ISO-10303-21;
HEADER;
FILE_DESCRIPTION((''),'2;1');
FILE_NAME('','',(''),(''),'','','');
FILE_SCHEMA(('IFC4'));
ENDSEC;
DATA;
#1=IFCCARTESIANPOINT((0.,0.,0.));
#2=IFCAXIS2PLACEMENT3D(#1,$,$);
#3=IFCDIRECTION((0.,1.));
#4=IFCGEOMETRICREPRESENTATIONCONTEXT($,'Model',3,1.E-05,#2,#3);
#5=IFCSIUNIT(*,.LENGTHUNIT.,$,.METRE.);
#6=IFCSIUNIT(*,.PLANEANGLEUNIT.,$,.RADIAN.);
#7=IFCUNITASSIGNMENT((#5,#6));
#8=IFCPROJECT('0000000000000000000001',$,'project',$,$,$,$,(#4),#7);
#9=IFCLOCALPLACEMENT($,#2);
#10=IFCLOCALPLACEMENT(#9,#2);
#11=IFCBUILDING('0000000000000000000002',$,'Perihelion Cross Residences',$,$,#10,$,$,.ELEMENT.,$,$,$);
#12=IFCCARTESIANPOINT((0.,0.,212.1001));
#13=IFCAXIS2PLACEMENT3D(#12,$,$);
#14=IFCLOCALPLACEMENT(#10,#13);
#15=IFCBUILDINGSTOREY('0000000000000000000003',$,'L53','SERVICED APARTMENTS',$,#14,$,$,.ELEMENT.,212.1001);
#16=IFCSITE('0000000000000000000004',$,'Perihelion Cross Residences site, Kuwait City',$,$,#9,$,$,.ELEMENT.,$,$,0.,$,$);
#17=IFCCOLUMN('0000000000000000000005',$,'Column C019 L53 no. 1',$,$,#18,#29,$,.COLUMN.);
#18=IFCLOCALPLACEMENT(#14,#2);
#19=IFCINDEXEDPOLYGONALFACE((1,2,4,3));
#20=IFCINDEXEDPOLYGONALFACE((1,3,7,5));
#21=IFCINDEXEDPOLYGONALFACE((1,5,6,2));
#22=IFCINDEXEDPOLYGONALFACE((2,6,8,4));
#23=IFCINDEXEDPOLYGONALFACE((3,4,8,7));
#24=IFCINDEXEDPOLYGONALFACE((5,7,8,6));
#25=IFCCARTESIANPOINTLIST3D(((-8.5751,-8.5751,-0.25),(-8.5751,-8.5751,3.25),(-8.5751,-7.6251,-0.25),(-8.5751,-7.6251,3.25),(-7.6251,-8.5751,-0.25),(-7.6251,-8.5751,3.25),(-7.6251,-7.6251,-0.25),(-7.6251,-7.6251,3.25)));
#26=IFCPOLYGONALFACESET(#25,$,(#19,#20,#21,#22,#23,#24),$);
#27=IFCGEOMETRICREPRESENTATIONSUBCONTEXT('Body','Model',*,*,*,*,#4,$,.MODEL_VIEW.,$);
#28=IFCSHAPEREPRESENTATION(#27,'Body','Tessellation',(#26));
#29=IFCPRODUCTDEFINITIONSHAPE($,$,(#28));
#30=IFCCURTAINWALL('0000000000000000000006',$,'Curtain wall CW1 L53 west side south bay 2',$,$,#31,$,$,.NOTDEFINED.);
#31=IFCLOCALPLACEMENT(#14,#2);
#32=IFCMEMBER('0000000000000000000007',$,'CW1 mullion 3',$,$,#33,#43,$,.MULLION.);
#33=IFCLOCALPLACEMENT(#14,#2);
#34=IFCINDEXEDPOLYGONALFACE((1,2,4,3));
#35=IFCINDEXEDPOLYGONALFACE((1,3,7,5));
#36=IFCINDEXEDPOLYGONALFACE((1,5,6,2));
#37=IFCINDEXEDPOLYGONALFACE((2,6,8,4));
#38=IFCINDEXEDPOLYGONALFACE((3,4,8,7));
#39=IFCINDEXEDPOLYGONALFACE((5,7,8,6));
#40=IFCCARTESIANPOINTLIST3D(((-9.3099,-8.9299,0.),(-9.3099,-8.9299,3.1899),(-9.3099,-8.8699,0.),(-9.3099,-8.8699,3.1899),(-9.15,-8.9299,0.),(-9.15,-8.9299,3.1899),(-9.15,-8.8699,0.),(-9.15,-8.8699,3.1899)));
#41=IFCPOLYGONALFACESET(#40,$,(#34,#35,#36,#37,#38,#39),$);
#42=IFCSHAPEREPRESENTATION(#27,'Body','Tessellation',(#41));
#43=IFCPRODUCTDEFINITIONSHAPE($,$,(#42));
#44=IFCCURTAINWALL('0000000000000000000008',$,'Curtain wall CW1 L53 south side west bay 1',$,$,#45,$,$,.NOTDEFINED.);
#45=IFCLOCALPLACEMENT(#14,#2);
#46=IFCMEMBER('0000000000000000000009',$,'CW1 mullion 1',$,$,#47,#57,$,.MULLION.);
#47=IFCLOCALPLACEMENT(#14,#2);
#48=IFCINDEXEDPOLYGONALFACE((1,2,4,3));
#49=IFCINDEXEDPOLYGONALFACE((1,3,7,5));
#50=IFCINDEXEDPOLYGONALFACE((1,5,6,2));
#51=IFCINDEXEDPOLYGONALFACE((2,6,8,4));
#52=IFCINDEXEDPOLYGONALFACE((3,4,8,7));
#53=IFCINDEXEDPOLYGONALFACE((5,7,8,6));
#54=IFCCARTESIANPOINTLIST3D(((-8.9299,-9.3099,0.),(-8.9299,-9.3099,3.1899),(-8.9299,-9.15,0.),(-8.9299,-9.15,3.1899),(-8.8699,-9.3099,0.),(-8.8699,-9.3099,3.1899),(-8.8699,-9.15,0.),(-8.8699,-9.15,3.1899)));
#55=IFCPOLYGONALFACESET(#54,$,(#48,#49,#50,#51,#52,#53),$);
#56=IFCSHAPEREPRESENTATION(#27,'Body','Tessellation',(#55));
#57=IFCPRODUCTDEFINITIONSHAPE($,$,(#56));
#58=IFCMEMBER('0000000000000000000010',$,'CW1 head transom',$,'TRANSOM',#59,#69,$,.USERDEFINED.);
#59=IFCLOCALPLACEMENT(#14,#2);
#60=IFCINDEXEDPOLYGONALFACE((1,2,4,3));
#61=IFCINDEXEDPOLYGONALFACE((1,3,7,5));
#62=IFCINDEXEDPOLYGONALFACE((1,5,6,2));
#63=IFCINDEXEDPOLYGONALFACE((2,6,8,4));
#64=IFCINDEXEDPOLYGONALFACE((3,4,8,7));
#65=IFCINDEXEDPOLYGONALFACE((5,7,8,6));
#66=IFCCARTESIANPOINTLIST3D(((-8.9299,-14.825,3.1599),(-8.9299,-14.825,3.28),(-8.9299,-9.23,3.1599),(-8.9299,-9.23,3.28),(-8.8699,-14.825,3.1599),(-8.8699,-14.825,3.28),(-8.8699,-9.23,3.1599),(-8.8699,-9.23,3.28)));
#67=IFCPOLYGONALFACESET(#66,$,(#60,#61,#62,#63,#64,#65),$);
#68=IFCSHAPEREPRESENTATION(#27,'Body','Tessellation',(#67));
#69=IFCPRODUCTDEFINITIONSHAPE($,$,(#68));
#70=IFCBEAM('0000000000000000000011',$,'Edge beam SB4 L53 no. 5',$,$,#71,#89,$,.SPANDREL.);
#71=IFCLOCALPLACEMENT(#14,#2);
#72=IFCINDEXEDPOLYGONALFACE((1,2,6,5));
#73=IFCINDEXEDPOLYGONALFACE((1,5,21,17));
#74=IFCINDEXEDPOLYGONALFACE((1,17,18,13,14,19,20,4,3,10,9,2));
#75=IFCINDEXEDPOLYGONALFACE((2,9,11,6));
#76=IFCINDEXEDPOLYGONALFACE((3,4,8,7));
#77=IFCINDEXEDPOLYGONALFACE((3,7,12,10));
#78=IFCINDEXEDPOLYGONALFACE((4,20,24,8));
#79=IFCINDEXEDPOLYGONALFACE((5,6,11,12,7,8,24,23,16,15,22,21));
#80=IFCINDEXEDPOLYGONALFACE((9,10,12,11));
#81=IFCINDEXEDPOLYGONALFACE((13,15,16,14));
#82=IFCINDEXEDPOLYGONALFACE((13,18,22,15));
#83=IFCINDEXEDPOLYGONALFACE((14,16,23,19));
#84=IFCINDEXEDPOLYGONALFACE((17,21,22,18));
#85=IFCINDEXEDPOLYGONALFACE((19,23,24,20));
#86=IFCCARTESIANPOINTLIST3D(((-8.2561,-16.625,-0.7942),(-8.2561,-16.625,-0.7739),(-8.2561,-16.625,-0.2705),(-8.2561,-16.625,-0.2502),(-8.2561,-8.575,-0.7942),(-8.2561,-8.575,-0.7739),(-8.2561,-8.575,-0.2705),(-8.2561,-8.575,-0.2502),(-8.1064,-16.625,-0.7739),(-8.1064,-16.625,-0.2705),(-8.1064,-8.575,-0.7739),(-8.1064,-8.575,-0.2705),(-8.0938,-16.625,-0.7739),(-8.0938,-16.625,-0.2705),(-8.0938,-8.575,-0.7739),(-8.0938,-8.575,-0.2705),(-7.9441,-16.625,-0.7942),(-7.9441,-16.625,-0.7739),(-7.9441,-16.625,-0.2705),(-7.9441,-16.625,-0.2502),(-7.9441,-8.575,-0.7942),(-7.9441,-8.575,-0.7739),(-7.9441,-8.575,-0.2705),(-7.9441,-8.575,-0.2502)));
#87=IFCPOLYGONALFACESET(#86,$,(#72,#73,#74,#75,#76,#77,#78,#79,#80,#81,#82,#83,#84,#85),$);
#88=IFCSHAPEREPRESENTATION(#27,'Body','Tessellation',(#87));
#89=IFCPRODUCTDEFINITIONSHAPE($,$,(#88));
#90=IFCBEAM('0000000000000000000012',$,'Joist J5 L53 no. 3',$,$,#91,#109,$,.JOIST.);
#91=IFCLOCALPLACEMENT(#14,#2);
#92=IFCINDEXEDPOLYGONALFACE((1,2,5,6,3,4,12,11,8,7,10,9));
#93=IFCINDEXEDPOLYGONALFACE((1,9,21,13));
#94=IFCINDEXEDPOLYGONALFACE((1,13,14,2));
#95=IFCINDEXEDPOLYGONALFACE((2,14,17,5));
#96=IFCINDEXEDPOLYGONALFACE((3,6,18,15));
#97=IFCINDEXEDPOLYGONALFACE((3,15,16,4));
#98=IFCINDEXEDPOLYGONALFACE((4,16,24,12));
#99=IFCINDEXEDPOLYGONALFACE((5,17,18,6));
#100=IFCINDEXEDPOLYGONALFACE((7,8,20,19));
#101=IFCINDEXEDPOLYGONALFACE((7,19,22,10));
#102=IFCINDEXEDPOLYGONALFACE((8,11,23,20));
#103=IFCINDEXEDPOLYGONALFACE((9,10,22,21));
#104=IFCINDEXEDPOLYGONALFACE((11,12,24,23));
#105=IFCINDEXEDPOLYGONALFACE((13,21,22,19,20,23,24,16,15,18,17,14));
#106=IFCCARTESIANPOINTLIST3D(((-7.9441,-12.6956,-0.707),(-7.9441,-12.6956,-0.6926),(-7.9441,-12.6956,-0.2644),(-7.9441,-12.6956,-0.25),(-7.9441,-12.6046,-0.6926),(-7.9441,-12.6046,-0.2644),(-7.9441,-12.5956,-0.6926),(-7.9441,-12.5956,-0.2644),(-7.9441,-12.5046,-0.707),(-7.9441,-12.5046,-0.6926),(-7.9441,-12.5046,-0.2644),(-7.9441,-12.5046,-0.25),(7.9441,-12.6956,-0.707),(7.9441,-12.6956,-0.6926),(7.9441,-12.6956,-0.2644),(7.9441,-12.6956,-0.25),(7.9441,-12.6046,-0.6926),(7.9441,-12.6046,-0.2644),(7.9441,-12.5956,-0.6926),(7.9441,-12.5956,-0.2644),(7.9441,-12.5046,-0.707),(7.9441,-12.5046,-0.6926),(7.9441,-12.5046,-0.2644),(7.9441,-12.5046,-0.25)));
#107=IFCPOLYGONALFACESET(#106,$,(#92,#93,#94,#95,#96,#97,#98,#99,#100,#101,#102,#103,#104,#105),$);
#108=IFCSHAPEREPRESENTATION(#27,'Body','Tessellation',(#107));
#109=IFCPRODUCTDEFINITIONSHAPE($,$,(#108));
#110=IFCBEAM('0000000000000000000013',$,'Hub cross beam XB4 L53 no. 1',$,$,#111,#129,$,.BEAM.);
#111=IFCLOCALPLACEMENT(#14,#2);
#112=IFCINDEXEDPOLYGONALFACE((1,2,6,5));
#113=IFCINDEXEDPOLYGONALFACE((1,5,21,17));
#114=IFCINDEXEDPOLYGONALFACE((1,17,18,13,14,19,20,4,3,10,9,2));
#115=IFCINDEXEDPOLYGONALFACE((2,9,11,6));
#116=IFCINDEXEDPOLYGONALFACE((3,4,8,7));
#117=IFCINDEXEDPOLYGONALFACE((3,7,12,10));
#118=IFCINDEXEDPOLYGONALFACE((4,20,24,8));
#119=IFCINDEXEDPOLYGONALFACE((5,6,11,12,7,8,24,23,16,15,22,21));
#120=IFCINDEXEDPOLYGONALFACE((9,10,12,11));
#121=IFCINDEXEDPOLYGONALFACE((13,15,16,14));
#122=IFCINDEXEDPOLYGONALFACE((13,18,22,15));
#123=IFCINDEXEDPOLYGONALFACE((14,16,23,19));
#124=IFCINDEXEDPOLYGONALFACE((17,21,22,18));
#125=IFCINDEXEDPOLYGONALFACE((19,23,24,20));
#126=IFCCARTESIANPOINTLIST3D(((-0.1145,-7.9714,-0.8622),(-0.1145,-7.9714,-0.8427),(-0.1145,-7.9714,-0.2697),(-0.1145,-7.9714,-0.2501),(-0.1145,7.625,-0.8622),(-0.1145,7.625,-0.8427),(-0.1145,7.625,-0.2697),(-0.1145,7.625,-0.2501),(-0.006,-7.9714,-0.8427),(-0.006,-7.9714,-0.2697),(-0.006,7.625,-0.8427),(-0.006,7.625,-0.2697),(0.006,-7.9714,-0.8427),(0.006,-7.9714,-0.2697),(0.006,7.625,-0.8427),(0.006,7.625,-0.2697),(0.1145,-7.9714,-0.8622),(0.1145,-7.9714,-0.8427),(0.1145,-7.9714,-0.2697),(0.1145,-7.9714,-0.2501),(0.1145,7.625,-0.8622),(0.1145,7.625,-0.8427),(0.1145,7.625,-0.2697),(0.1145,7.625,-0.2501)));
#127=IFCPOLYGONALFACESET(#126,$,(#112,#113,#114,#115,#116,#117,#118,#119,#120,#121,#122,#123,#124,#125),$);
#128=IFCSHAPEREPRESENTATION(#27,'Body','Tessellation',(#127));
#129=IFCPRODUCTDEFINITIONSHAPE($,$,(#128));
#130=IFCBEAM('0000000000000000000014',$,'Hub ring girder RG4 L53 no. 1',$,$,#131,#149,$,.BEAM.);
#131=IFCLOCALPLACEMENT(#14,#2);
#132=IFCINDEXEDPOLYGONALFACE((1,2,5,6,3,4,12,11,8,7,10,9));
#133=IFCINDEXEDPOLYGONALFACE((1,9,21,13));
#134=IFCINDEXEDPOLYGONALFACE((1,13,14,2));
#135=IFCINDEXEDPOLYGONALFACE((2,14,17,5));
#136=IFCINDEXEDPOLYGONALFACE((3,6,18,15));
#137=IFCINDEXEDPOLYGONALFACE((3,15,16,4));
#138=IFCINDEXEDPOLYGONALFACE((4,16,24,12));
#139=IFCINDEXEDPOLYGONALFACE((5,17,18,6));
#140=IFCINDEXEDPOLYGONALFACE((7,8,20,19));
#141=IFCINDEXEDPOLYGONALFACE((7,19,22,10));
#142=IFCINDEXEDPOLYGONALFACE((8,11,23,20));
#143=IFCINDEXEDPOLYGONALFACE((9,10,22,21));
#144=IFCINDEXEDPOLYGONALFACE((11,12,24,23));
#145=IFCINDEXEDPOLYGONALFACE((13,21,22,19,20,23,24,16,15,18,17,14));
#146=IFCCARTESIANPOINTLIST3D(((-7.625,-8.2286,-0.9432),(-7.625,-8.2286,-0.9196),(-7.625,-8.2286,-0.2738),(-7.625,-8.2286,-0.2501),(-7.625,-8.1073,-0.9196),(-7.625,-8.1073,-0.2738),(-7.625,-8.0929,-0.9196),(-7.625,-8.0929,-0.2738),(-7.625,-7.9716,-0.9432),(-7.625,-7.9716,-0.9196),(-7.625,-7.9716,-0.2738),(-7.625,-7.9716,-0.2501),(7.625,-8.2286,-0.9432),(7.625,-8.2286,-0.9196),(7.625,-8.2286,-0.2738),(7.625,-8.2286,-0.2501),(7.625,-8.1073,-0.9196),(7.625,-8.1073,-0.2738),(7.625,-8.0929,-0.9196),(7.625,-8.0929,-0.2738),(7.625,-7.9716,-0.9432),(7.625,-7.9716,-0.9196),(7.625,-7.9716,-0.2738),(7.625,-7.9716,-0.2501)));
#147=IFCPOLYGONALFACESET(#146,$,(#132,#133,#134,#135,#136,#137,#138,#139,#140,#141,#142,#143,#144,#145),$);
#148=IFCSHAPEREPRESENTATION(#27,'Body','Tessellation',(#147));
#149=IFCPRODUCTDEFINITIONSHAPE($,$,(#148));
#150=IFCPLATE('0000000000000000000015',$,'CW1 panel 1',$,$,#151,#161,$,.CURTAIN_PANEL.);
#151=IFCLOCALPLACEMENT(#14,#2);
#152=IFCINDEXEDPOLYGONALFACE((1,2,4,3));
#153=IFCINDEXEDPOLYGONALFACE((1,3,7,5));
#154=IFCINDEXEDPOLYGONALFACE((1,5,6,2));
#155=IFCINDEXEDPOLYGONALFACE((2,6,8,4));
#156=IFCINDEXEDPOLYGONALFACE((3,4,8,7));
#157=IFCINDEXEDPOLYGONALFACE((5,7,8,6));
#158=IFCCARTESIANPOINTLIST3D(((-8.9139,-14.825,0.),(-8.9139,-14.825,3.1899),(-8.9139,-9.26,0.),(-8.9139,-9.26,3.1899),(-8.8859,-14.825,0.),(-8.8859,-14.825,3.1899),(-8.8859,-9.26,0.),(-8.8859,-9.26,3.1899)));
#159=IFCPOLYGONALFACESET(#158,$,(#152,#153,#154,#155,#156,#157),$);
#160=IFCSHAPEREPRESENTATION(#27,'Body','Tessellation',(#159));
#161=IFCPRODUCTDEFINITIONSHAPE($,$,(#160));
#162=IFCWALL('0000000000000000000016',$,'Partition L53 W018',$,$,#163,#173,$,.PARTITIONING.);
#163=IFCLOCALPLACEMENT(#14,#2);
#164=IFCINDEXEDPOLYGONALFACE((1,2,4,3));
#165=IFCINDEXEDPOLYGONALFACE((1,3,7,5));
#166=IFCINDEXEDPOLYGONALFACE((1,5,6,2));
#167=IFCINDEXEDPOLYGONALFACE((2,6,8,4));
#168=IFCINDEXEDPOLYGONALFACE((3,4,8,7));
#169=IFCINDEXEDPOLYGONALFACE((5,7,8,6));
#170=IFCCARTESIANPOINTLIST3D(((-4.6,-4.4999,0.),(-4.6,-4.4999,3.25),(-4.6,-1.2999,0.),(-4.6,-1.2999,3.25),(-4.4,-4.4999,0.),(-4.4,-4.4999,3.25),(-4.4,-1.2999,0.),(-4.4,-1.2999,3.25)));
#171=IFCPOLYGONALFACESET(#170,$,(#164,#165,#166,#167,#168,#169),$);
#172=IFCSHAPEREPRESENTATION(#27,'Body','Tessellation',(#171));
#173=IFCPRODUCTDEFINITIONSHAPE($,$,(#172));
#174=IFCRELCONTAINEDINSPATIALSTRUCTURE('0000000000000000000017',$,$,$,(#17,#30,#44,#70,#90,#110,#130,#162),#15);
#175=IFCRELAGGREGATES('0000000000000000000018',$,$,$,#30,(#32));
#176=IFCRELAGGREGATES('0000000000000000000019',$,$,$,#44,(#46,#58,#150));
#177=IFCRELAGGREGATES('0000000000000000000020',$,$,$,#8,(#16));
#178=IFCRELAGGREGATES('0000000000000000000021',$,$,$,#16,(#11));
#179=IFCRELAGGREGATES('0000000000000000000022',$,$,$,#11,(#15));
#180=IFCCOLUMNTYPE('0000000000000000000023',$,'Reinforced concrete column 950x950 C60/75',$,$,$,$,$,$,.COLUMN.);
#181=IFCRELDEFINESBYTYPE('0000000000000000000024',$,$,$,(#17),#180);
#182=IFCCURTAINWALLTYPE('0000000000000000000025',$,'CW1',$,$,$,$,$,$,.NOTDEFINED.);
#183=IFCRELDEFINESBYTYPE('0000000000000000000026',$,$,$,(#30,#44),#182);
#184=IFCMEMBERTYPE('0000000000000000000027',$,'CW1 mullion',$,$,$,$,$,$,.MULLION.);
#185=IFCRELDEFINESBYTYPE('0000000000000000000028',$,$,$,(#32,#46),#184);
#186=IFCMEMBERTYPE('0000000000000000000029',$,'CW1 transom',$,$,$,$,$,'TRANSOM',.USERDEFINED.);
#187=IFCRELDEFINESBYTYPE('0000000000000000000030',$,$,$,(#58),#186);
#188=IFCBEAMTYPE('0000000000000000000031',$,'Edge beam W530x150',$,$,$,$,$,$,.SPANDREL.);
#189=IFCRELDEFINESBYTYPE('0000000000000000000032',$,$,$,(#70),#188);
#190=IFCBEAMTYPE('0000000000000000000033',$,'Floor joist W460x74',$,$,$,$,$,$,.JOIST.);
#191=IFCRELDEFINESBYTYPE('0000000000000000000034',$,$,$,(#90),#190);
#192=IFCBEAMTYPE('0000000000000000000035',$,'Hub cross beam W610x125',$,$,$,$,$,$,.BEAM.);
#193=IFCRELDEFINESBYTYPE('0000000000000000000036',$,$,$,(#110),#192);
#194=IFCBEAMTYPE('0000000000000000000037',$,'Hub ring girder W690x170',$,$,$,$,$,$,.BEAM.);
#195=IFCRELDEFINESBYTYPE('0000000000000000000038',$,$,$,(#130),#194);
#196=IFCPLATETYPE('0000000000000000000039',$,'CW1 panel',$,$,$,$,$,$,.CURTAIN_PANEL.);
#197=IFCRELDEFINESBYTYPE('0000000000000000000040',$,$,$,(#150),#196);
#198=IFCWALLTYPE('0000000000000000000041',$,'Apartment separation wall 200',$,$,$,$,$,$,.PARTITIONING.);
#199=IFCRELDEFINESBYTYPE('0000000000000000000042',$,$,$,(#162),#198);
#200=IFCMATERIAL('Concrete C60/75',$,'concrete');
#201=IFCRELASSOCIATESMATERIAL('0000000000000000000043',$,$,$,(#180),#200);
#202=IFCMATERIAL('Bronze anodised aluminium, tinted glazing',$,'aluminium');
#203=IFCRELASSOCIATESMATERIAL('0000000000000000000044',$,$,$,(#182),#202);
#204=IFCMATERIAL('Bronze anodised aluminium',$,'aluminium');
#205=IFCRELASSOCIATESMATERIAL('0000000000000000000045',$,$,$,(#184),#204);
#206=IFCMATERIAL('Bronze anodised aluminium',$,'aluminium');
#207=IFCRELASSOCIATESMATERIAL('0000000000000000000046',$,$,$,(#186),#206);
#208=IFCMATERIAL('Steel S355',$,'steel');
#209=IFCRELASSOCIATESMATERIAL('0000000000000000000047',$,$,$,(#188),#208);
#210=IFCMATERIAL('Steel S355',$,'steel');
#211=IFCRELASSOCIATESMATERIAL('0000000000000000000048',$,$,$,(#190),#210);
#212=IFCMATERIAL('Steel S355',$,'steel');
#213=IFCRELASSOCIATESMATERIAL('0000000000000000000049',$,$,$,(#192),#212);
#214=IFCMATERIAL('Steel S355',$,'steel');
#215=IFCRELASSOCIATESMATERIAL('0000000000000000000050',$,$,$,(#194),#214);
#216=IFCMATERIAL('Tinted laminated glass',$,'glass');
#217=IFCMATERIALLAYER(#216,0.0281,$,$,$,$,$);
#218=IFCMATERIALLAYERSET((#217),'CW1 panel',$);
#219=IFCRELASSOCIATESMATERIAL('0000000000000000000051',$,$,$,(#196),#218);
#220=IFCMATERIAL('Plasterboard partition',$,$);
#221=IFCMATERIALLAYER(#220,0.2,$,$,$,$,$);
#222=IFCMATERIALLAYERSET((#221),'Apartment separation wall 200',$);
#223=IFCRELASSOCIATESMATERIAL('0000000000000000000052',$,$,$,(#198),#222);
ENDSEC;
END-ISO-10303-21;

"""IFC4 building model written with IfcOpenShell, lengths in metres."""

from ifc_helpers import new_model, si_unit, direction, frame, frame_2d, origin, origin_2d, place, context, subcontext, project, spatial, rectangle, i_section, extrude, material, layer, layer_set, material_profile, profile_set, type_object, element, aggregate, save


model = new_model("IFC4")

# Units and contexts
model_context = context("Model", 3, precision=1e-05, world=origin(), true_north=direction((0.0, 1.0)))
body_context = subcontext(model_context, "Body", "Model", "MODEL_VIEW")
ifc_project = project(units=[si_unit("LENGTHUNIT", "METRE"), si_unit("PLANEANGLEUNIT", "RADIAN")], contexts=[model_context])

# Site, building, storey
site_placement = place(None, origin())
site = spatial("IfcSite", under=ifc_project, at=site_placement, Name="Perihelion Cross Residences site, Kuwait City", CompositionType="ELEMENT", RefElevation=0.0)
building_placement = place(site_placement, origin())
building = spatial("IfcBuilding", under=site, at=building_placement, Name="Perihelion Cross Residences", CompositionType="ELEMENT")
storey_placement = place(building_placement, frame((0.0, 0.0, 212.1001)))
storey = spatial("IfcBuildingStorey", under=building, at=storey_placement, Name="L53", Description="SERVICED APARTMENTS", CompositionType="ELEMENT", Elevation=212.1001)

# Column
ifc_material_1 = material(Name="Concrete C60/75", Category="concrete")
ifc_material_profile_1 = material_profile(ifc_material_1, rectangle(XDim=0.95, YDim=0.95, at=origin_2d()), Name="RC 950x950")
ifc_profile_set_1 = profile_set([ifc_material_profile_1], Name="Concrete C60/75")
column_type = type_object("IfcColumnType", Name="Reinforced concrete column 950x950 C60/75", PredefinedType="COLUMN", material=ifc_profile_set_1)
column_placement = place(storey_placement, frame((-8.1001, -8.1001, -0.25), z_axis=(0.0, 0.0, 1.0), x_axis=(1.0, 0.0, 0.0)))
element("IfcColumn", 1, at=column_placement, inside=storey, type_object=column_type, Name="Column C019 L53 no. 1", PredefinedType="COLUMN", context=body_context, shape_type="SweptSolid", body=[
    extrude(rectangle(XDim=0.95, YDim=0.95, at=origin_2d()), origin(), (0.0, 0.0, 1.0), 3.5),
])

# Curtain wall, member
ifc_material_2 = material(Name="Bronze anodised aluminium, tinted glazing", Category="aluminium")
curtain_wall_type = type_object("IfcCurtainWallType", Name="CW1", PredefinedType="NOTDEFINED", material=ifc_material_2)
curtain_wall_1_placement = place(storey_placement, origin())
curtain_wall_1 = element("IfcCurtainWall", 2, at=curtain_wall_1_placement, inside=storey, type_object=curtain_wall_type, Name="Curtain wall CW1 L53 west side south bay 2", PredefinedType="NOTDEFINED")
ifc_material_3 = material(Name="Bronze anodised aluminium", Category="aluminium")
ifc_material_profile_2 = material_profile(ifc_material_3, rectangle(XDim=0.0601, YDim=0.1599, at=origin_2d()), Name="CW1 mullion")
ifc_profile_set_2 = profile_set([ifc_material_profile_2], Name="Bronze anodised aluminium")
member_type_1 = type_object("IfcMemberType", Name="CW1 mullion", PredefinedType="MULLION", material=ifc_profile_set_2)
member_1_placement = place(storey_placement, frame((-9.23, -8.8999, 0.0), z_axis=(0.0, 0.0, 1.0), x_axis=(0.0, 1.0, 0.0)))
member_1 = element("IfcMember", 3, at=member_1_placement, type_object=member_type_1, Name="CW1 mullion 3", PredefinedType="MULLION", context=body_context, shape_type="SweptSolid", body=[
    extrude(rectangle(XDim=0.0601, YDim=0.1599, at=origin_2d()), origin(), (0.0, 0.0, 1.0), 3.1899),
])
aggregate(curtain_wall_1, [member_1])

# Curtain wall, members
curtain_wall_2_placement = place(storey_placement, origin())
curtain_wall_2 = element("IfcCurtainWall", 4, at=curtain_wall_2_placement, inside=storey, type_object=curtain_wall_type, Name="Curtain wall CW1 L53 south side west bay 1", PredefinedType="NOTDEFINED")
member_2_placement = place(storey_placement, frame((-8.8999, -9.23, 0.0), z_axis=(0.0, 0.0, 1.0), x_axis=(1.0, 0.0, 0.0)))
member_2 = element("IfcMember", 5, at=member_2_placement, type_object=member_type_1, Name="CW1 mullion 1", PredefinedType="MULLION", context=body_context, shape_type="SweptSolid", body=[
    extrude(rectangle(XDim=0.0601, YDim=0.1599, at=origin_2d()), origin(), (0.0, 0.0, 1.0), 3.1899),
])
ifc_material_4 = material(Name="Bronze anodised aluminium", Category="aluminium")
ifc_material_profile_3 = material_profile(ifc_material_4, rectangle(XDim=0.0601, YDim=0.1201, at=origin_2d()), Name="CW1 transom")
ifc_profile_set_3 = profile_set([ifc_material_profile_3], Name="Bronze anodised aluminium")
member_type_2 = type_object("IfcMemberType", Name="CW1 transom", ElementType="TRANSOM", PredefinedType="USERDEFINED", material=ifc_profile_set_3)
member_3_placement = place(storey_placement, frame((-8.8999, -9.23, 3.22), z_axis=(0.0, -1.0, 0.0), x_axis=(1.0, 0.0, 0.0)))
member_3 = element("IfcMember", 6, at=member_3_placement, type_object=member_type_2, Name="CW1 head transom", ObjectType="TRANSOM", PredefinedType="USERDEFINED", context=body_context, shape_type="SweptSolid", body=[
    extrude(rectangle(XDim=0.0601, YDim=0.1201, at=origin_2d()), origin(), (0.0, 0.0, 1.0), 5.595),
])

# Beams
ifc_material_5 = material(Name="Steel S355", Category="steel")
ifc_material_profile_4 = material_profile(ifc_material_5, i_section(OverallWidth=0.312, OverallDepth=0.5439, WebThickness=0.0127, FlangeThickness=0.0203, at=origin_2d()), Name="W530x150")
ifc_profile_set_4 = profile_set([ifc_material_profile_4], Name="Steel S355")
beam_type_1 = type_object("IfcBeamType", Name="Edge beam W530x150", PredefinedType="SPANDREL", material=ifc_profile_set_4)
beam_1_placement = place(storey_placement, frame((-8.1001, -8.575, -0.5222), z_axis=(0.0, -1.0, 0.0), x_axis=(1.0, 0.0, 0.0)))
element("IfcBeam", 7, at=beam_1_placement, inside=storey, type_object=beam_type_1, Name="Edge beam SB4 L53 no. 5", PredefinedType="SPANDREL", context=body_context, shape_type="SweptSolid", body=[
    extrude(i_section(OverallWidth=0.312, OverallDepth=0.5439, WebThickness=0.0127, FlangeThickness=0.0203, at=origin_2d()), origin(), (0.0, 0.0, 1.0), 8.05),
])
ifc_material_6 = material(Name="Steel S355", Category="steel")
ifc_material_profile_5 = material_profile(ifc_material_6, i_section(OverallWidth=0.1909, OverallDepth=0.457, WebThickness=0.009, FlangeThickness=0.0144, at=origin_2d()), Name="W460x74")
ifc_profile_set_5 = profile_set([ifc_material_profile_5], Name="Steel S355")
beam_type_2 = type_object("IfcBeamType", Name="Floor joist W460x74", PredefinedType="JOIST", material=ifc_profile_set_5)
beam_2_placement = place(storey_placement, frame((-7.9441, -12.6001, -0.4785), z_axis=(1.0, 0.0, 0.0), x_axis=(0.0, 1.0, 0.0)))
element("IfcBeam", 8, at=beam_2_placement, inside=storey, type_object=beam_type_2, Name="Joist J5 L53 no. 3", PredefinedType="JOIST", context=body_context, shape_type="SweptSolid", body=[
    extrude(i_section(OverallWidth=0.1909, OverallDepth=0.457, WebThickness=0.009, FlangeThickness=0.0144, at=origin_2d()), origin(), (0.0, 0.0, 1.0), 15.8882),
])
ifc_material_7 = material(Name="Steel S355", Category="steel")
ifc_material_profile_6 = material_profile(ifc_material_7, i_section(OverallWidth=0.229, OverallDepth=0.6121, WebThickness=0.012, FlangeThickness=0.0195, at=origin_2d()), Name="W610x125")
ifc_profile_set_6 = profile_set([ifc_material_profile_6], Name="Steel S355")
beam_type_3 = type_object("IfcBeamType", Name="Hub cross beam W610x125", PredefinedType="BEAM", material=ifc_profile_set_6)
beam_3_placement = place(storey_placement, frame((0.0, -7.9714, -0.5562), z_axis=(0.0, 1.0, 0.0), x_axis=(-1.0, 0.0, 0.0)))
element("IfcBeam", 9, at=beam_3_placement, inside=storey, type_object=beam_type_3, Name="Hub cross beam XB4 L53 no. 1", PredefinedType="BEAM", context=body_context, shape_type="SweptSolid", body=[
    extrude(i_section(OverallWidth=0.229, OverallDepth=0.6121, WebThickness=0.012, FlangeThickness=0.0195, at=origin_2d()), origin(), (0.0, 0.0, 1.0), 15.5964),
])
ifc_material_8 = material(Name="Steel S355", Category="steel")
ifc_material_profile_7 = material_profile(ifc_material_8, i_section(OverallWidth=0.2571, OverallDepth=0.6931, WebThickness=0.0144, FlangeThickness=0.0237, at=origin_2d()), Name="W690x170")
ifc_profile_set_7 = profile_set([ifc_material_profile_7], Name="Steel S355")
beam_type_4 = type_object("IfcBeamType", Name="Hub ring girder W690x170", PredefinedType="BEAM", material=ifc_profile_set_7)
beam_4_placement = place(storey_placement, frame((-7.625, -8.1001, -0.5967), z_axis=(1.0, 0.0, 0.0), x_axis=(0.0, 1.0, 0.0)))
element("IfcBeam", 10, at=beam_4_placement, inside=storey, type_object=beam_type_4, Name="Hub ring girder RG4 L53 no. 1", PredefinedType="BEAM", context=body_context, shape_type="SweptSolid", body=[
    extrude(i_section(OverallWidth=0.2571, OverallDepth=0.6931, WebThickness=0.0144, FlangeThickness=0.0237, at=origin_2d()), origin(), (0.0, 0.0, 1.0), 15.25),
])

# Plate
ifc_material_9 = material(Name="Tinted laminated glass", Category="glass")
ifc_layer_1 = layer(ifc_material_9, 0.0281)
ifc_layer_set_1 = layer_set([ifc_layer_1], Name="CW1 panel")
plate_type = type_object("IfcPlateType", Name="CW1 panel", PredefinedType="CURTAIN_PANEL", material=ifc_layer_set_1)
plate_placement = place(storey_placement, frame((-8.8999, -12.0425, 0.0), z_axis=(0.0, 0.0, 1.0), x_axis=(0.0, -1.0, 0.0)))
plate = element("IfcPlate", 11, at=plate_placement, type_object=plate_type, Name="CW1 panel 1", PredefinedType="CURTAIN_PANEL", context=body_context, shape_type="SweptSolid", body=[
    extrude(rectangle(XDim=5.5649, YDim=0.0281, at=origin_2d()), origin(), (0.0, 0.0, 1.0), 3.1899),
])
aggregate(curtain_wall_2, [member_2, member_3, plate])

# Wall
ifc_material_10 = material(Name="Plasterboard partition")
ifc_layer_2 = layer(ifc_material_10, 0.2)
ifc_layer_set_2 = layer_set([ifc_layer_2], Name="Apartment separation wall 200")
wall_type_1 = type_object("IfcWallType", Name="Apartment separation wall 200", PredefinedType="PARTITIONING", material=ifc_layer_set_2)
wall_1_placement = place(storey_placement, frame((-4.5, -4.5, 0.0), z_axis=(0.0, 0.0, 1.0), x_axis=(0.0, 1.0, 0.0)))
element("IfcWall", 12, at=wall_1_placement, inside=storey, type_object=wall_type_1, Name="Partition L53 W018", PredefinedType="PARTITIONING", context=body_context, shape_type="SweptSolid", body=[
    extrude(rectangle(XDim=3.2, YDim=0.2, at=frame_2d((1.6001, 0.0))), origin(), (0.0, 0.0, 1.0), 3.25),
])

save(model, "model.ifc")
